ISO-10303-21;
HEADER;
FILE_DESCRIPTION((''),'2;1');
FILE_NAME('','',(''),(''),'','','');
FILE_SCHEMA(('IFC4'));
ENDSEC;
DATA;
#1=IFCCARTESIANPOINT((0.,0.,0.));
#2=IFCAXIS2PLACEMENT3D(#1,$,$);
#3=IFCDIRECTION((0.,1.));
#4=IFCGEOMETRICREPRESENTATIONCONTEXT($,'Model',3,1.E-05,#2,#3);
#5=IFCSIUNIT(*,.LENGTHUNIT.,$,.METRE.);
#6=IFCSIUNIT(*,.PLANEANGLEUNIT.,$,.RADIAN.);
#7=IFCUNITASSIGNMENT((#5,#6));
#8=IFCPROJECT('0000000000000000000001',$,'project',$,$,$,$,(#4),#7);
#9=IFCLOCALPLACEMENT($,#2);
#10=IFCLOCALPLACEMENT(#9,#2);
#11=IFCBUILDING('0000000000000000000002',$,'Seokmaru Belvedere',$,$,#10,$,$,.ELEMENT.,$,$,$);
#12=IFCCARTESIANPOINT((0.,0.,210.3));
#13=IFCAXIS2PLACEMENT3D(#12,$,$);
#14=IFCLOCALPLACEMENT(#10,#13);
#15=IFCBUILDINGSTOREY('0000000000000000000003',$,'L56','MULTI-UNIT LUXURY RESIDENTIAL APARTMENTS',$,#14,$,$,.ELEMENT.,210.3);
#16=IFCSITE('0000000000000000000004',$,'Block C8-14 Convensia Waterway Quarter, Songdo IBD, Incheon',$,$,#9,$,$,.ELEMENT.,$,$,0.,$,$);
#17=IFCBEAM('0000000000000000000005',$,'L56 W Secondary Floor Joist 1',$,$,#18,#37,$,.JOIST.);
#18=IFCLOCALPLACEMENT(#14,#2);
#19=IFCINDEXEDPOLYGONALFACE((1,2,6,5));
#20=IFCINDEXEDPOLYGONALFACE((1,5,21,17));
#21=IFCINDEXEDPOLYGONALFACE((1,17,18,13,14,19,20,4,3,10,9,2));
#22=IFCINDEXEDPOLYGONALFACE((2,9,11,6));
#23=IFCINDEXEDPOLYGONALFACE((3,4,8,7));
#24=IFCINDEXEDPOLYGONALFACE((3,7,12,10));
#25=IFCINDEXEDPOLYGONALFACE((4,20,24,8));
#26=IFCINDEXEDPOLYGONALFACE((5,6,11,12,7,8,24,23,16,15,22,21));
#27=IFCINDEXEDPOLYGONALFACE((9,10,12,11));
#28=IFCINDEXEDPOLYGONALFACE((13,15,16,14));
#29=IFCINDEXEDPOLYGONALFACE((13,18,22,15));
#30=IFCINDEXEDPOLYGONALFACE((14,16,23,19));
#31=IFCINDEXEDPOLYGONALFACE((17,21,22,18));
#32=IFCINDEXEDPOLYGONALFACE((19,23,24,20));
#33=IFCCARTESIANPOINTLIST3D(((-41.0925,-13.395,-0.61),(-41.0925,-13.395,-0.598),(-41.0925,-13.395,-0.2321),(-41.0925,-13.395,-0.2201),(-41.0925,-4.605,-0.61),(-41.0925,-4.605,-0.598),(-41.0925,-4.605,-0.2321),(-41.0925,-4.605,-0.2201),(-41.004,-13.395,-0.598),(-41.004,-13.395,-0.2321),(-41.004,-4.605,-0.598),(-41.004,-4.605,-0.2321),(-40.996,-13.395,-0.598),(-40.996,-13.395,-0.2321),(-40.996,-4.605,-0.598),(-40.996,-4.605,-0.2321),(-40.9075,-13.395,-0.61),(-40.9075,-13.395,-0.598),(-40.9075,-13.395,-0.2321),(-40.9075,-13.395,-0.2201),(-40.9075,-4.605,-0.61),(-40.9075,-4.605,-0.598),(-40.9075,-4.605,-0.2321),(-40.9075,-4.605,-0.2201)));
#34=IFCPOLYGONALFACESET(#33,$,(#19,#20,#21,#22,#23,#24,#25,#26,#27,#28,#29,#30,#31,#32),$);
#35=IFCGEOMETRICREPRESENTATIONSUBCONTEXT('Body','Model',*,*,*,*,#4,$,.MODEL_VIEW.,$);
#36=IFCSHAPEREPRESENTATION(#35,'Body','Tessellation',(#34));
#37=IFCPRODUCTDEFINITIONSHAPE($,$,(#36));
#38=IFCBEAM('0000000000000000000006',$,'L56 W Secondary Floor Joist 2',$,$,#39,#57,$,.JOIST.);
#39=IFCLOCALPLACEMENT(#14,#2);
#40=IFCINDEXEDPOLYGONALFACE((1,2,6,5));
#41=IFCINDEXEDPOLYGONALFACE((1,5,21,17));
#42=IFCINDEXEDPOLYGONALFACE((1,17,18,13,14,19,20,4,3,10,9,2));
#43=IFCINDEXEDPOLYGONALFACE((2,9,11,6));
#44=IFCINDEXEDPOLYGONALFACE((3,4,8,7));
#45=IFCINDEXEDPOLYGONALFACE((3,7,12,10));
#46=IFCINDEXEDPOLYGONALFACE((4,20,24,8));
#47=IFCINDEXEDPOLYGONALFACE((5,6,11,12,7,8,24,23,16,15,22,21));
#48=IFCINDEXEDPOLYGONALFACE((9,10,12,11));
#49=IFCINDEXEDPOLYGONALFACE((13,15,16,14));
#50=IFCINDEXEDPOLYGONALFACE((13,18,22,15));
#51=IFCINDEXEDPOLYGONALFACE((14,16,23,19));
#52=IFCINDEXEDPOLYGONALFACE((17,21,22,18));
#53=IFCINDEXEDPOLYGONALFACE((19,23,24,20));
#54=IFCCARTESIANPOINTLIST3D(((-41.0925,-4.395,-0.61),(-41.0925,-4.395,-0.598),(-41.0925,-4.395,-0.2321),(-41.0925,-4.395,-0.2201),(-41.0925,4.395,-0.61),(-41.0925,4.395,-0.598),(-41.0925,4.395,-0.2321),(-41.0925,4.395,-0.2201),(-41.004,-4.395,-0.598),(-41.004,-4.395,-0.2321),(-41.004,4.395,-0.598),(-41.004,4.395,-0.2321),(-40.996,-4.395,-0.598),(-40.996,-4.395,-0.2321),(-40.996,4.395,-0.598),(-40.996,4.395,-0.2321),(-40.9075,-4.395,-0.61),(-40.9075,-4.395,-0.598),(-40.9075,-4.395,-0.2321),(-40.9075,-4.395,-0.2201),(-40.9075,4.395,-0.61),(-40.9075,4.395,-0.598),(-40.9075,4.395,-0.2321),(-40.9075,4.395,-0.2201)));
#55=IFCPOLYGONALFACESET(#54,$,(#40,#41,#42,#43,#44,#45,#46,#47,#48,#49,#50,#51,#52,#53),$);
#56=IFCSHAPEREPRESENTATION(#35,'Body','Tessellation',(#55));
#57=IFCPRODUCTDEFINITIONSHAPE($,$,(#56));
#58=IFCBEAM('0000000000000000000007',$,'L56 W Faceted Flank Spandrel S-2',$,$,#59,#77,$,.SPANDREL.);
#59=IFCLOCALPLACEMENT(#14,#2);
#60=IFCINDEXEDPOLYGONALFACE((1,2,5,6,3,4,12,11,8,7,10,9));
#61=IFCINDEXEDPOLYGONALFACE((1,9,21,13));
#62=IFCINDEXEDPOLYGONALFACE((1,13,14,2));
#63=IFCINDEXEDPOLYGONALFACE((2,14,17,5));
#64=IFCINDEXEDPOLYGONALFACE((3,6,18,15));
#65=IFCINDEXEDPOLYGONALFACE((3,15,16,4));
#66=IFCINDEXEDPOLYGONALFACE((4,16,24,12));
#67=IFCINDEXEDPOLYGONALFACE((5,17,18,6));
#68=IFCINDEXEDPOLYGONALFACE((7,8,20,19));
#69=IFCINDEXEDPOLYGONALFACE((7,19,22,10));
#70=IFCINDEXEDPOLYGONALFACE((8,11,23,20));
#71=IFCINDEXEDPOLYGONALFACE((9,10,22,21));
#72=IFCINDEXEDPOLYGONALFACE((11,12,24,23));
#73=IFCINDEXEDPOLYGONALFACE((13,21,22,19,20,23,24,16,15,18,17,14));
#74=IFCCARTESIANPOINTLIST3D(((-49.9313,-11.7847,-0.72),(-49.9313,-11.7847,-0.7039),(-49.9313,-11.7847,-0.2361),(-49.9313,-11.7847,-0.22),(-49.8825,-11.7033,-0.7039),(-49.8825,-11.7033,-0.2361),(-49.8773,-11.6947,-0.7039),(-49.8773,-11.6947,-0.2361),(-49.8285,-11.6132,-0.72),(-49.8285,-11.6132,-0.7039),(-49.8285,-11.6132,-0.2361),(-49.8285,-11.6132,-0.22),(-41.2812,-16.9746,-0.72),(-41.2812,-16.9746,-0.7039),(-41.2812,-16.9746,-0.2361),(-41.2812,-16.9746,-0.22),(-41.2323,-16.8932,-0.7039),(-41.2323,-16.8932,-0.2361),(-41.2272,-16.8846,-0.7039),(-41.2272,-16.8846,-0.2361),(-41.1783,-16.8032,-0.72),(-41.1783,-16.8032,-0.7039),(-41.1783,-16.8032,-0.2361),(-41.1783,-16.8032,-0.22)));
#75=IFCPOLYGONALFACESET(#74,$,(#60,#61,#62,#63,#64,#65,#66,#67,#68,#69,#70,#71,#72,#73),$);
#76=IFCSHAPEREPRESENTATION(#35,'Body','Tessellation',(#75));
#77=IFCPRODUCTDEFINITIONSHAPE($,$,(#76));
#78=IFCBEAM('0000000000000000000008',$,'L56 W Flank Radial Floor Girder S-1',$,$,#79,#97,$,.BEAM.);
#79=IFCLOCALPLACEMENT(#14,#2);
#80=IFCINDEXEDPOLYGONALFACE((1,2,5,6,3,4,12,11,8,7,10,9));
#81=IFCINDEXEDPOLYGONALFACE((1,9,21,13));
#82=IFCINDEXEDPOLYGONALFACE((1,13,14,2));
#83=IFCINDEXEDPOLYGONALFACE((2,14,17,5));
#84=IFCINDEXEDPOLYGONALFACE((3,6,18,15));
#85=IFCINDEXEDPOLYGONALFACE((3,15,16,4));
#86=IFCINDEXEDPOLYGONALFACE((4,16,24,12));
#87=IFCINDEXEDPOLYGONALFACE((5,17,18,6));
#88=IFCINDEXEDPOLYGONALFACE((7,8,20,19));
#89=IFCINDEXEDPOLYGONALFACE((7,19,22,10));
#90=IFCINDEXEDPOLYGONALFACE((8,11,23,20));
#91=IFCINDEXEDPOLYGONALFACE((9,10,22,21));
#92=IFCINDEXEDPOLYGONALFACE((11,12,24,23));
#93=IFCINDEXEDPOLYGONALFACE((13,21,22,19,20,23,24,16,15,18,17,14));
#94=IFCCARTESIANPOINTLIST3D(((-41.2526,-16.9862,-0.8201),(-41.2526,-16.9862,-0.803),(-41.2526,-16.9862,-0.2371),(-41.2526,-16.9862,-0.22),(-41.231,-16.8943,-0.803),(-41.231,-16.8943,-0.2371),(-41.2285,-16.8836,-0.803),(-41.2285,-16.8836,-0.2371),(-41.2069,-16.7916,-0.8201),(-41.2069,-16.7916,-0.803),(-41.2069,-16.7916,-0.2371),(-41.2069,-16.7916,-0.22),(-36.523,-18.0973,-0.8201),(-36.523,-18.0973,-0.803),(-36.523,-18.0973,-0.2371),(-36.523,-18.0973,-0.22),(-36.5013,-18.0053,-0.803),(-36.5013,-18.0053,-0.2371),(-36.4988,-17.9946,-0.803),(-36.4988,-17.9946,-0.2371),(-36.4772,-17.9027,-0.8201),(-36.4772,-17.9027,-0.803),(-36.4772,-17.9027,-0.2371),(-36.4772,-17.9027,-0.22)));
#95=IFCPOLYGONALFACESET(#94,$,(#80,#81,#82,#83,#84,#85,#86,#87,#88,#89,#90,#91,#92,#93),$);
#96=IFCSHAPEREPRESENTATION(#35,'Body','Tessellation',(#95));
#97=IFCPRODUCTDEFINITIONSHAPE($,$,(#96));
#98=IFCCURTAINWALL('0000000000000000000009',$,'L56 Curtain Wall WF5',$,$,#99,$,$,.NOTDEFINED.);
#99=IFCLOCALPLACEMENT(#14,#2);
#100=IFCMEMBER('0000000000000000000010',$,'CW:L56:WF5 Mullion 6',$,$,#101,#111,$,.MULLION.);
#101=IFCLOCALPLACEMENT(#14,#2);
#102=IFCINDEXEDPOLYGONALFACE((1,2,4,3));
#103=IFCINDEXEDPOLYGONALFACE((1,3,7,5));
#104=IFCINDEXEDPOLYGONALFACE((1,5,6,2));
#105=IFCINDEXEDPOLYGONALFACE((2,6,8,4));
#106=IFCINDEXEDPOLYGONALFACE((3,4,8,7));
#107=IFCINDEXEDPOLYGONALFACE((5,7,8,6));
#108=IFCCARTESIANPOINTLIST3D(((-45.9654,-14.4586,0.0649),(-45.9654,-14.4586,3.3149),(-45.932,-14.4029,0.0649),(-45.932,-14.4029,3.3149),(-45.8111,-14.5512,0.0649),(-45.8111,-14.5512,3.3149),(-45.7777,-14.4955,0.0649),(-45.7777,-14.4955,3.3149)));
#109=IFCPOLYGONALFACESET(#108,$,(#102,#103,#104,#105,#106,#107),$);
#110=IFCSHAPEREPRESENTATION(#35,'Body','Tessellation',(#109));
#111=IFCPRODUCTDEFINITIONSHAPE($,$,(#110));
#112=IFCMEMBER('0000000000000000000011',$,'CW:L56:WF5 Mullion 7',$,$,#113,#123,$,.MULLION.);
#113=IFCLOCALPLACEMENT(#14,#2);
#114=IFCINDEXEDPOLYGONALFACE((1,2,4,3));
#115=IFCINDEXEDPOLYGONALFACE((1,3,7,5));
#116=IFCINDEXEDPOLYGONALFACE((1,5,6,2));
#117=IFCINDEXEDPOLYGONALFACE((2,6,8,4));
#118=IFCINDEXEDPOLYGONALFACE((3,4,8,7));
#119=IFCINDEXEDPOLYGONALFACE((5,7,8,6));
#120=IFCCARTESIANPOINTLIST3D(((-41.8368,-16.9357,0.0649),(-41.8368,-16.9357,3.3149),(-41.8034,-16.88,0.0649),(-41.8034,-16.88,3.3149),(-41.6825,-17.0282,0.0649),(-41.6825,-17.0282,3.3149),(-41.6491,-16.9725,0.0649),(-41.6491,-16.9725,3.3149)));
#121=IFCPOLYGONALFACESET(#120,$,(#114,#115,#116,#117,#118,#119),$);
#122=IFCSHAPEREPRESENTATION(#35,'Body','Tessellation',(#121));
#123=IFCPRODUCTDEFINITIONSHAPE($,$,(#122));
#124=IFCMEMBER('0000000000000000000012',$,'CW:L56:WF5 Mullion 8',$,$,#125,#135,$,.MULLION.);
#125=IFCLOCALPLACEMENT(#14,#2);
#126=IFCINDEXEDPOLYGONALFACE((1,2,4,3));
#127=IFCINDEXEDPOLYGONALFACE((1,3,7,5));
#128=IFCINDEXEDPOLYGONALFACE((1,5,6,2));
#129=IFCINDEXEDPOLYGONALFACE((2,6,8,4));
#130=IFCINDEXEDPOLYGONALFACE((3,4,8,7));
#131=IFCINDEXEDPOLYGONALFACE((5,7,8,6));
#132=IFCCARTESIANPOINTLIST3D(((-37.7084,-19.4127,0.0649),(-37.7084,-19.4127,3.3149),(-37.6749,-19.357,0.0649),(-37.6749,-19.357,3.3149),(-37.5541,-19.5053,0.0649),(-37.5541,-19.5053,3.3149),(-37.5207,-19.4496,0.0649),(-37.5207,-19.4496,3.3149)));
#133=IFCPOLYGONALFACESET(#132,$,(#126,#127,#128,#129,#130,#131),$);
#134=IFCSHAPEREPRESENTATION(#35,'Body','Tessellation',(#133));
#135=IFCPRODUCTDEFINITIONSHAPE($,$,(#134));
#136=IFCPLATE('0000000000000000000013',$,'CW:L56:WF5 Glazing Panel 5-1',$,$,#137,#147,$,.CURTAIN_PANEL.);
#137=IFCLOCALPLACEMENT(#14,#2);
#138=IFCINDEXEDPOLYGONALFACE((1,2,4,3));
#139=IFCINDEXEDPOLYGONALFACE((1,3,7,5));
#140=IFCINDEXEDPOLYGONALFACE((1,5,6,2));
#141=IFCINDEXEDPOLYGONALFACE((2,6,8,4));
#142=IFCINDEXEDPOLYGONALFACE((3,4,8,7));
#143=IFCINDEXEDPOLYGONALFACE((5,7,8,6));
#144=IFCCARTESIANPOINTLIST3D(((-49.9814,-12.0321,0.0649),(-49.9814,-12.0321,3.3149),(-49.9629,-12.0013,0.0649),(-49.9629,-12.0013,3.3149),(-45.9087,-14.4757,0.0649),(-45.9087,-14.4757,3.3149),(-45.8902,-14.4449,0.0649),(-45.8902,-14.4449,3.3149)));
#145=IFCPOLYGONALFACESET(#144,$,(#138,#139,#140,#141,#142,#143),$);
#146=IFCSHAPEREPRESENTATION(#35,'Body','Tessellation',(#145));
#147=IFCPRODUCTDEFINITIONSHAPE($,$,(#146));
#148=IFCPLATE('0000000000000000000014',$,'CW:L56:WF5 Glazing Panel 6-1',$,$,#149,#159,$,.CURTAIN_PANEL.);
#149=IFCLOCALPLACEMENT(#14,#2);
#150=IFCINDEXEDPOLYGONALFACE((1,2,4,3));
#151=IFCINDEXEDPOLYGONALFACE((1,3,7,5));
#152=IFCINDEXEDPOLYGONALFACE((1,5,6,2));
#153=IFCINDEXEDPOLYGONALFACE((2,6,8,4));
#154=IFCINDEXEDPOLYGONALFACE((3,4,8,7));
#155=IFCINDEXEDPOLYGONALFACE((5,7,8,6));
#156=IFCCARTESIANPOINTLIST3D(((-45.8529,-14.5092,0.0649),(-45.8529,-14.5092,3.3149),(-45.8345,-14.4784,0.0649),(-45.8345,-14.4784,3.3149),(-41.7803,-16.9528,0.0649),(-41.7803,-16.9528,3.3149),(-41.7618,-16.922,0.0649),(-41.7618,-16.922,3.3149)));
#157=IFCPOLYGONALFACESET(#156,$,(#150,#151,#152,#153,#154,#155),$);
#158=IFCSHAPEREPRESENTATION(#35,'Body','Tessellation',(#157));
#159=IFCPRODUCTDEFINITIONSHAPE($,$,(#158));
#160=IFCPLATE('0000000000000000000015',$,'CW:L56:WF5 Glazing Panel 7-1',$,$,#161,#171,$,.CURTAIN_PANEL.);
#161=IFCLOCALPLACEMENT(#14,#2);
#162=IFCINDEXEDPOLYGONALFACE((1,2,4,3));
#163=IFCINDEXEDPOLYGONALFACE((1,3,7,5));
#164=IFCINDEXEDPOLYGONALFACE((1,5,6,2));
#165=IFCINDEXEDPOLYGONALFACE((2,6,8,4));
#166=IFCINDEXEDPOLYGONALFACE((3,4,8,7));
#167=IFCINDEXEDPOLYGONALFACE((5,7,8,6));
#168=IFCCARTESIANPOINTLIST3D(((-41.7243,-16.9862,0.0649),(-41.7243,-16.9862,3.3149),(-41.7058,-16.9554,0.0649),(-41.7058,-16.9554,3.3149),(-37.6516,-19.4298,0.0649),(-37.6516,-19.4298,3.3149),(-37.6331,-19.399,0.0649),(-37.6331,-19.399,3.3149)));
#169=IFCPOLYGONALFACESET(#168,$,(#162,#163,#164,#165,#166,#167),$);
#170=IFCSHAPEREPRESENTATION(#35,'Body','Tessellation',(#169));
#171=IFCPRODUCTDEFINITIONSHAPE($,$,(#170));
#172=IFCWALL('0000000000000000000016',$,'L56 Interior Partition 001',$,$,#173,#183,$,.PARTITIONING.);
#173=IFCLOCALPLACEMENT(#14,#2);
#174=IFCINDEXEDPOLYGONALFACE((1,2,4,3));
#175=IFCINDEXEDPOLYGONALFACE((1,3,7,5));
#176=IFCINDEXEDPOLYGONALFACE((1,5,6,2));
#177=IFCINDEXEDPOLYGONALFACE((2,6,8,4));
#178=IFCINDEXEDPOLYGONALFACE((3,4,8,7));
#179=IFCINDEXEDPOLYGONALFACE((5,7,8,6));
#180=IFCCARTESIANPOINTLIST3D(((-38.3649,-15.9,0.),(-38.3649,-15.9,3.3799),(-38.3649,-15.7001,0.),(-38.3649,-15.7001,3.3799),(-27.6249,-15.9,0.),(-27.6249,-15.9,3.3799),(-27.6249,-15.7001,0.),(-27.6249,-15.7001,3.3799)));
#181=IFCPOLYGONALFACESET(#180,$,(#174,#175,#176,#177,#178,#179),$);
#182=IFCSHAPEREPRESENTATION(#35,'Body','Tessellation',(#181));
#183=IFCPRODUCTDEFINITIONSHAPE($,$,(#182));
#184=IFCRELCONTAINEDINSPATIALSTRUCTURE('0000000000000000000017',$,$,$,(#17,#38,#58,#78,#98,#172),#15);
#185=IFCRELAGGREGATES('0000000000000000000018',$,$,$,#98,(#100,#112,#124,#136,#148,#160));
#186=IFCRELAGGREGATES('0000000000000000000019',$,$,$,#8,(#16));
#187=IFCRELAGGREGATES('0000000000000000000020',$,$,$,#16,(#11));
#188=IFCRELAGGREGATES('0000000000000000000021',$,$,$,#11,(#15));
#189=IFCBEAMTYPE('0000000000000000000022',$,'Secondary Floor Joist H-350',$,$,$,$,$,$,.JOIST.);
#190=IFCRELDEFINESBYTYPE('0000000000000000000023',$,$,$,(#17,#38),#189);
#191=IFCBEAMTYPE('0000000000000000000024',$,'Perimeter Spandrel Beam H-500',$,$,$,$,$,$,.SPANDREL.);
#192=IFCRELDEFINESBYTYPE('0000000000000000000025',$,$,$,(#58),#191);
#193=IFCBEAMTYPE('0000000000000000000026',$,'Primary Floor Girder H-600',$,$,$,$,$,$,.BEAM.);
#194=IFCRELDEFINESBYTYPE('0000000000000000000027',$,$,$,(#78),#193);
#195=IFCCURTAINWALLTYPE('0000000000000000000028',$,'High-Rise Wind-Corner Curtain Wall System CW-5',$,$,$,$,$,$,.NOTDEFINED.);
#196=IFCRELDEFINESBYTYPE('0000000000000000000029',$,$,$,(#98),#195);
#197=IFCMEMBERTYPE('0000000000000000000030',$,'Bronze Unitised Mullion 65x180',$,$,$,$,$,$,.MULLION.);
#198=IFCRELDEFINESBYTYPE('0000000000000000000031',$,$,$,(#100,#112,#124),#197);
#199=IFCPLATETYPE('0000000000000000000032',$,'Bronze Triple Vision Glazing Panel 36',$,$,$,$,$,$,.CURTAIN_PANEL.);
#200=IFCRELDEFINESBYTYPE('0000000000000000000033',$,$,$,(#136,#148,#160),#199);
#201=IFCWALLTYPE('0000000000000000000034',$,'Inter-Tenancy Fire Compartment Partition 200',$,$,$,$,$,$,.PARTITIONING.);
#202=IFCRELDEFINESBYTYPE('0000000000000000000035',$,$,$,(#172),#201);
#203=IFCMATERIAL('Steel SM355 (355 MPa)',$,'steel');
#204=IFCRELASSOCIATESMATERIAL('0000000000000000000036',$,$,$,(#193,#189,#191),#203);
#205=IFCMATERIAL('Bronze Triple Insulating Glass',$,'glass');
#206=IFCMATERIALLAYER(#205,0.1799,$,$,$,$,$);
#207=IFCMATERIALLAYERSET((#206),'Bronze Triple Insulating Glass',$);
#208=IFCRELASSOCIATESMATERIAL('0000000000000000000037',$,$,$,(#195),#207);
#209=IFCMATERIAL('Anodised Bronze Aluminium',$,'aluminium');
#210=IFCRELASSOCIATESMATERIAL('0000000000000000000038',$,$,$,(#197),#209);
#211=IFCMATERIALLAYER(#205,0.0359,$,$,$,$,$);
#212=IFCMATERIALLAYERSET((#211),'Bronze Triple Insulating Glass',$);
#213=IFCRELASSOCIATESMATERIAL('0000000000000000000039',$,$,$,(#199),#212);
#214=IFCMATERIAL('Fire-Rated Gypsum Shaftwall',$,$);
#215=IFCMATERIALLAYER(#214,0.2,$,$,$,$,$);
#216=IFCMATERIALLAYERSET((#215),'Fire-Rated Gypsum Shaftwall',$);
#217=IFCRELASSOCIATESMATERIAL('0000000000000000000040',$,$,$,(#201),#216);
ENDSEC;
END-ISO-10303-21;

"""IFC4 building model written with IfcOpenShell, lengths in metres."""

from ifc_helpers import new_model, si_unit, direction, frame, frame_2d, origin, origin_2d, place, context, subcontext, project, spatial, rectangle, i_section, extrude, source, transform, mapped, material, layer, layer_set, material_profile, profile_set, type_object, type_shapes, element, aggregate, save


model = new_model("IFC4")

# Units and contexts
model_context = context("Model", 3, precision=1e-05, world=origin(), true_north=direction((0.0, 1.0)))
body_context = subcontext(model_context, "Body", "Model", "MODEL_VIEW")
ifc_project = project(units=[si_unit("LENGTHUNIT", "METRE"), si_unit("PLANEANGLEUNIT", "RADIAN")], contexts=[model_context])

# Site, building, storey
site_placement = place(None, origin())
site = spatial("IfcSite", under=ifc_project, at=site_placement, Name="Block C8-14 Convensia Waterway Quarter, Songdo IBD, Incheon", CompositionType="ELEMENT", RefElevation=0.0)
building_placement = place(site_placement, origin())
building = spatial("IfcBuilding", under=site, at=building_placement, Name="Seokmaru Belvedere", CompositionType="ELEMENT")
storey_placement = place(building_placement, frame((0.0, 0.0, 210.3)))
storey = spatial("IfcBuildingStorey", under=building, at=storey_placement, Name="L56", Description="MULTI-UNIT LUXURY RESIDENTIAL APARTMENTS", CompositionType="ELEMENT", Elevation=210.3)

# Shared definitions
ifc_material_1 = material(Name="Steel SM355 (355 MPa)", Category="steel")

# Beams
ifc_material_profile_1 = material_profile(ifc_material_1, i_section(OverallWidth=0.2, OverallDepth=0.6001, WebThickness=0.011, FlangeThickness=0.0171, at=origin_2d()), Name="H-600x200x11x17")
ifc_profile_set_1 = profile_set([ifc_material_profile_1], Name="Steel SM355 (355 MPa)")
beam_type_1 = type_object("IfcBeamType", Name="Primary Floor Girder H-600", PredefinedType="BEAM", material=ifc_profile_set_1)
ifc_material_profile_2 = material_profile(ifc_material_1, i_section(OverallWidth=0.1851, OverallDepth=0.3899, WebThickness=0.0081, FlangeThickness=0.012, at=origin_2d()), Name="H-390x185x8x12")
ifc_profile_set_2 = profile_set([ifc_material_profile_2], Name="Steel SM355 (355 MPa)")
beam_type_2 = type_object("IfcBeamType", Name="Secondary Floor Joist H-350", PredefinedType="JOIST", material=ifc_profile_set_2)
shared_shape_1 = source(origin(), body_context, "Body", "SweptSolid", [
    extrude(i_section(OverallWidth=0.1851, OverallDepth=0.3899, WebThickness=0.0081, FlangeThickness=0.012, at=origin_2d()), origin(), (0.0, 0.0, 1.0), 8.79),
])
type_shapes(beam_type_2, [shared_shape_1])
for number, where, z_axis, x_axis, name in (
    (1, (-41.0, -13.395, -0.415), (0.0, 1.0, 0.0), (-1.0, 0.0, 0.0), "L56 W Secondary Floor Joist 1"),
    (2, (-41.0, -4.395, -0.415), (0.0, 1.0, 0.0), (-1.0, 0.0, 0.0), "L56 W Secondary Floor Joist 2"),
):
    element("IfcBeam", number, at=place(storey_placement, frame(where, z_axis=z_axis, x_axis=x_axis)), inside=storey, type_object=beam_type_2, Name=name, PredefinedType="JOIST", context=body_context, shape_type="MappedRepresentation", body=[
        mapped(shared_shape_1, transform((0.0, 0.0, 0.0), scale=1.0)),
    ])
ifc_material_profile_3 = material_profile(ifc_material_1, i_section(OverallWidth=0.2, OverallDepth=0.5, WebThickness=0.01, FlangeThickness=0.0161, at=origin_2d()), Name="H-500x200x10x16")
ifc_profile_set_3 = profile_set([ifc_material_profile_3], Name="Steel SM355 (355 MPa)")
beam_type_3 = type_object("IfcBeamType", Name="Perimeter Spandrel Beam H-500", PredefinedType="SPANDREL", material=ifc_profile_set_3)
shared_shape_2 = source(origin(), body_context, "Body", "SweptSolid", [
    extrude(i_section(OverallWidth=0.2, OverallDepth=0.5, WebThickness=0.01, FlangeThickness=0.0161, at=origin_2d()), origin(), (0.0, 0.0, 1.0), 10.0876),
])
type_shapes(beam_type_3, [shared_shape_2])
beam_1_placement = place(storey_placement, frame((-41.2297, -16.8889, -0.47), z_axis=(-0.857499, 0.514485, 0.0), x_axis=(-0.514485, -0.857499, 0.0)))
element("IfcBeam", 3, at=beam_1_placement, inside=storey, type_object=beam_type_3, Name="L56 W Faceted Flank Spandrel S-2", PredefinedType="SPANDREL", context=body_context, shape_type="MappedRepresentation", body=[
    mapped(shared_shape_2, transform((0.0, 0.0, 0.0), scale=1.0)),
])
shared_shape_3 = source(origin(), body_context, "Body", "SweptSolid", [
    extrude(i_section(OverallWidth=0.2, OverallDepth=0.6001, WebThickness=0.011, FlangeThickness=0.0171, at=origin_2d()), origin(), (0.0, 0.0, 1.0), 4.8584),
])
beam_2_placement = place(storey_placement, frame((-41.2297, -16.8889, -0.52), z_axis=(0.973499, -0.228689, 0.0), x_axis=(0.228689, 0.973499, 0.0)))
element("IfcBeam", 4, at=beam_2_placement, inside=storey, type_object=beam_type_1, Name="L56 W Flank Radial Floor Girder S-1", PredefinedType="BEAM", context=body_context, shape_type="MappedRepresentation", body=[
    mapped(shared_shape_3, transform((0.0, 0.0, 0.0), scale=1.0)),
])

# Curtain wall, members, plates
ifc_material_2 = material(Name="Bronze Triple Insulating Glass", Category="glass")
ifc_layer_1 = layer(ifc_material_2, 0.1799)
ifc_layer_set_1 = layer_set([ifc_layer_1], Name="Bronze Triple Insulating Glass")
curtain_wall_type = type_object("IfcCurtainWallType", Name="High-Rise Wind-Corner Curtain Wall System CW-5", PredefinedType="NOTDEFINED", material=ifc_layer_set_1)
curtain_wall_placement = place(storey_placement, origin())
curtain_wall = element("IfcCurtainWall", 5, at=curtain_wall_placement, inside=storey, type_object=curtain_wall_type, Name="L56 Curtain Wall WF5", PredefinedType="NOTDEFINED")
ifc_material_3 = material(Name="Anodised Bronze Aluminium", Category="aluminium")
ifc_material_profile_4 = material_profile(ifc_material_3, rectangle(XDim=0.0649, YDim=0.1799, at=origin_2d()), Name="CW-M-65x180")
ifc_profile_set_4 = profile_set([ifc_material_profile_4], Name="Anodised Bronze Aluminium")
member_type = type_object("IfcMemberType", Name="Bronze Unitised Mullion 65x180", PredefinedType="MULLION", material=ifc_profile_set_4)
shared_shape_4 = source(origin(), body_context, "Body", "SweptSolid", [
    extrude(rectangle(XDim=0.0649, YDim=0.1799, at=origin_2d()), origin(), (0.0, 0.0, 1.0), 3.25),
])
type_shapes(member_type, [shared_shape_4])
member_1_placement = place(storey_placement, frame((-45.8716, -14.4771, 0.0649), z_axis=(0.0, 0.0, 1.0), x_axis=(0.514495, 0.857493, 0.0)))
member_1 = element("IfcMember", 6, at=member_1_placement, type_object=member_type, Name="CW:L56:WF5 Mullion 6", PredefinedType="MULLION", context=body_context, shape_type="MappedRepresentation", body=[
    mapped(shared_shape_4, transform((0.0, 0.0, 0.0), scale=1.0)),
])
member_2_placement = place(storey_placement, frame((-41.7429, -16.9541, 0.0649), z_axis=(0.0, 0.0, 1.0), x_axis=(0.514495, 0.857493, 0.0)))
member_2 = element("IfcMember", 7, at=member_2_placement, type_object=member_type, Name="CW:L56:WF5 Mullion 7", PredefinedType="MULLION", context=body_context, shape_type="MappedRepresentation", body=[
    mapped(shared_shape_4, transform((0.0, 0.0, 0.0), scale=1.0)),
])
member_3_placement = place(storey_placement, frame((-37.6145, -19.4312, 0.0649), z_axis=(0.0, 0.0, 1.0), x_axis=(0.514495, 0.857493, 0.0)))
member_3 = element("IfcMember", 8, at=member_3_placement, type_object=member_type, Name="CW:L56:WF5 Mullion 8", PredefinedType="MULLION", context=body_context, shape_type="MappedRepresentation", body=[
    mapped(shared_shape_4, transform((0.0, 0.0, 0.0), scale=1.0)),
])
ifc_layer_2 = layer(ifc_material_2, 0.0359)
ifc_layer_set_2 = layer_set([ifc_layer_2], Name="Bronze Triple Insulating Glass")
plate_type = type_object("IfcPlateType", Name="Bronze Triple Vision Glazing Panel 36", PredefinedType="CURTAIN_PANEL", material=ifc_layer_set_2)
shared_shape_5 = source(origin(), body_context, "Body", "SweptSolid", [
    extrude(rectangle(XDim=4.7495, YDim=0.0359, at=origin_2d()), origin(), (0.0, 0.0, 1.0), 3.25),
])
type_shapes(plate_type, [shared_shape_5])
plate_1_placement = place(storey_placement, frame((-47.9358, -13.2385, 0.0649), z_axis=(0.0, 0.0, 1.0), x_axis=(0.857493, -0.514495, 0.0)))
plate_1 = element("IfcPlate", 9, at=plate_1_placement, type_object=plate_type, Name="CW:L56:WF5 Glazing Panel 5-1", PredefinedType="CURTAIN_PANEL", context=body_context, shape_type="MappedRepresentation", body=[
    mapped(shared_shape_5, transform((0.0, 0.0, 0.0), scale=1.0)),
])
plate_2_placement = place(storey_placement, frame((-43.8074, -15.7156, 0.0649), z_axis=(0.0, 0.0, 1.0), x_axis=(0.857493, -0.514495, 0.0)))
plate_2 = element("IfcPlate", 10, at=plate_2_placement, type_object=plate_type, Name="CW:L56:WF5 Glazing Panel 6-1", PredefinedType="CURTAIN_PANEL", context=body_context, shape_type="MappedRepresentation", body=[
    mapped(shared_shape_5, transform((0.0, 0.0, 0.0), scale=1.0)),
])
plate_3_placement = place(storey_placement, frame((-39.6787, -18.1926, 0.0649), z_axis=(0.0, 0.0, 1.0), x_axis=(0.857493, -0.514495, 0.0)))
plate_3 = element("IfcPlate", 11, at=plate_3_placement, type_object=plate_type, Name="CW:L56:WF5 Glazing Panel 7-1", PredefinedType="CURTAIN_PANEL", context=body_context, shape_type="MappedRepresentation", body=[
    mapped(shared_shape_5, transform((0.0, 0.0, 0.0), scale=1.0)),
])
aggregate(curtain_wall, [member_1, member_2, member_3, plate_1, plate_2, plate_3])

# Shared definitions
ifc_material_4 = material(Name="Fire-Rated Gypsum Shaftwall")

# Wall
ifc_layer_3 = layer(ifc_material_4, 0.2)
ifc_layer_set_3 = layer_set([ifc_layer_3], Name="Fire-Rated Gypsum Shaftwall")
wall_type_1 = type_object("IfcWallType", Name="Inter-Tenancy Fire Compartment Partition 200", PredefinedType="PARTITIONING", material=ifc_layer_set_3)
wall_1_placement = place(storey_placement, frame((-38.365, -15.8, 0.0), z_axis=(0.0, 0.0, 1.0), x_axis=(1.0, 0.0, 0.0)))
element("IfcWall", 12, at=wall_1_placement, inside=storey, type_object=wall_type_1, Name="L56 Interior Partition 001", PredefinedType="PARTITIONING", context=body_context, shape_type="SweptSolid", body=[
    extrude(rectangle(XDim=10.74, YDim=0.2, at=frame_2d((5.3701, 0.0))), origin(), (0.0, 0.0, 1.0), 3.3799),
])

save(model, "model.ifc")
